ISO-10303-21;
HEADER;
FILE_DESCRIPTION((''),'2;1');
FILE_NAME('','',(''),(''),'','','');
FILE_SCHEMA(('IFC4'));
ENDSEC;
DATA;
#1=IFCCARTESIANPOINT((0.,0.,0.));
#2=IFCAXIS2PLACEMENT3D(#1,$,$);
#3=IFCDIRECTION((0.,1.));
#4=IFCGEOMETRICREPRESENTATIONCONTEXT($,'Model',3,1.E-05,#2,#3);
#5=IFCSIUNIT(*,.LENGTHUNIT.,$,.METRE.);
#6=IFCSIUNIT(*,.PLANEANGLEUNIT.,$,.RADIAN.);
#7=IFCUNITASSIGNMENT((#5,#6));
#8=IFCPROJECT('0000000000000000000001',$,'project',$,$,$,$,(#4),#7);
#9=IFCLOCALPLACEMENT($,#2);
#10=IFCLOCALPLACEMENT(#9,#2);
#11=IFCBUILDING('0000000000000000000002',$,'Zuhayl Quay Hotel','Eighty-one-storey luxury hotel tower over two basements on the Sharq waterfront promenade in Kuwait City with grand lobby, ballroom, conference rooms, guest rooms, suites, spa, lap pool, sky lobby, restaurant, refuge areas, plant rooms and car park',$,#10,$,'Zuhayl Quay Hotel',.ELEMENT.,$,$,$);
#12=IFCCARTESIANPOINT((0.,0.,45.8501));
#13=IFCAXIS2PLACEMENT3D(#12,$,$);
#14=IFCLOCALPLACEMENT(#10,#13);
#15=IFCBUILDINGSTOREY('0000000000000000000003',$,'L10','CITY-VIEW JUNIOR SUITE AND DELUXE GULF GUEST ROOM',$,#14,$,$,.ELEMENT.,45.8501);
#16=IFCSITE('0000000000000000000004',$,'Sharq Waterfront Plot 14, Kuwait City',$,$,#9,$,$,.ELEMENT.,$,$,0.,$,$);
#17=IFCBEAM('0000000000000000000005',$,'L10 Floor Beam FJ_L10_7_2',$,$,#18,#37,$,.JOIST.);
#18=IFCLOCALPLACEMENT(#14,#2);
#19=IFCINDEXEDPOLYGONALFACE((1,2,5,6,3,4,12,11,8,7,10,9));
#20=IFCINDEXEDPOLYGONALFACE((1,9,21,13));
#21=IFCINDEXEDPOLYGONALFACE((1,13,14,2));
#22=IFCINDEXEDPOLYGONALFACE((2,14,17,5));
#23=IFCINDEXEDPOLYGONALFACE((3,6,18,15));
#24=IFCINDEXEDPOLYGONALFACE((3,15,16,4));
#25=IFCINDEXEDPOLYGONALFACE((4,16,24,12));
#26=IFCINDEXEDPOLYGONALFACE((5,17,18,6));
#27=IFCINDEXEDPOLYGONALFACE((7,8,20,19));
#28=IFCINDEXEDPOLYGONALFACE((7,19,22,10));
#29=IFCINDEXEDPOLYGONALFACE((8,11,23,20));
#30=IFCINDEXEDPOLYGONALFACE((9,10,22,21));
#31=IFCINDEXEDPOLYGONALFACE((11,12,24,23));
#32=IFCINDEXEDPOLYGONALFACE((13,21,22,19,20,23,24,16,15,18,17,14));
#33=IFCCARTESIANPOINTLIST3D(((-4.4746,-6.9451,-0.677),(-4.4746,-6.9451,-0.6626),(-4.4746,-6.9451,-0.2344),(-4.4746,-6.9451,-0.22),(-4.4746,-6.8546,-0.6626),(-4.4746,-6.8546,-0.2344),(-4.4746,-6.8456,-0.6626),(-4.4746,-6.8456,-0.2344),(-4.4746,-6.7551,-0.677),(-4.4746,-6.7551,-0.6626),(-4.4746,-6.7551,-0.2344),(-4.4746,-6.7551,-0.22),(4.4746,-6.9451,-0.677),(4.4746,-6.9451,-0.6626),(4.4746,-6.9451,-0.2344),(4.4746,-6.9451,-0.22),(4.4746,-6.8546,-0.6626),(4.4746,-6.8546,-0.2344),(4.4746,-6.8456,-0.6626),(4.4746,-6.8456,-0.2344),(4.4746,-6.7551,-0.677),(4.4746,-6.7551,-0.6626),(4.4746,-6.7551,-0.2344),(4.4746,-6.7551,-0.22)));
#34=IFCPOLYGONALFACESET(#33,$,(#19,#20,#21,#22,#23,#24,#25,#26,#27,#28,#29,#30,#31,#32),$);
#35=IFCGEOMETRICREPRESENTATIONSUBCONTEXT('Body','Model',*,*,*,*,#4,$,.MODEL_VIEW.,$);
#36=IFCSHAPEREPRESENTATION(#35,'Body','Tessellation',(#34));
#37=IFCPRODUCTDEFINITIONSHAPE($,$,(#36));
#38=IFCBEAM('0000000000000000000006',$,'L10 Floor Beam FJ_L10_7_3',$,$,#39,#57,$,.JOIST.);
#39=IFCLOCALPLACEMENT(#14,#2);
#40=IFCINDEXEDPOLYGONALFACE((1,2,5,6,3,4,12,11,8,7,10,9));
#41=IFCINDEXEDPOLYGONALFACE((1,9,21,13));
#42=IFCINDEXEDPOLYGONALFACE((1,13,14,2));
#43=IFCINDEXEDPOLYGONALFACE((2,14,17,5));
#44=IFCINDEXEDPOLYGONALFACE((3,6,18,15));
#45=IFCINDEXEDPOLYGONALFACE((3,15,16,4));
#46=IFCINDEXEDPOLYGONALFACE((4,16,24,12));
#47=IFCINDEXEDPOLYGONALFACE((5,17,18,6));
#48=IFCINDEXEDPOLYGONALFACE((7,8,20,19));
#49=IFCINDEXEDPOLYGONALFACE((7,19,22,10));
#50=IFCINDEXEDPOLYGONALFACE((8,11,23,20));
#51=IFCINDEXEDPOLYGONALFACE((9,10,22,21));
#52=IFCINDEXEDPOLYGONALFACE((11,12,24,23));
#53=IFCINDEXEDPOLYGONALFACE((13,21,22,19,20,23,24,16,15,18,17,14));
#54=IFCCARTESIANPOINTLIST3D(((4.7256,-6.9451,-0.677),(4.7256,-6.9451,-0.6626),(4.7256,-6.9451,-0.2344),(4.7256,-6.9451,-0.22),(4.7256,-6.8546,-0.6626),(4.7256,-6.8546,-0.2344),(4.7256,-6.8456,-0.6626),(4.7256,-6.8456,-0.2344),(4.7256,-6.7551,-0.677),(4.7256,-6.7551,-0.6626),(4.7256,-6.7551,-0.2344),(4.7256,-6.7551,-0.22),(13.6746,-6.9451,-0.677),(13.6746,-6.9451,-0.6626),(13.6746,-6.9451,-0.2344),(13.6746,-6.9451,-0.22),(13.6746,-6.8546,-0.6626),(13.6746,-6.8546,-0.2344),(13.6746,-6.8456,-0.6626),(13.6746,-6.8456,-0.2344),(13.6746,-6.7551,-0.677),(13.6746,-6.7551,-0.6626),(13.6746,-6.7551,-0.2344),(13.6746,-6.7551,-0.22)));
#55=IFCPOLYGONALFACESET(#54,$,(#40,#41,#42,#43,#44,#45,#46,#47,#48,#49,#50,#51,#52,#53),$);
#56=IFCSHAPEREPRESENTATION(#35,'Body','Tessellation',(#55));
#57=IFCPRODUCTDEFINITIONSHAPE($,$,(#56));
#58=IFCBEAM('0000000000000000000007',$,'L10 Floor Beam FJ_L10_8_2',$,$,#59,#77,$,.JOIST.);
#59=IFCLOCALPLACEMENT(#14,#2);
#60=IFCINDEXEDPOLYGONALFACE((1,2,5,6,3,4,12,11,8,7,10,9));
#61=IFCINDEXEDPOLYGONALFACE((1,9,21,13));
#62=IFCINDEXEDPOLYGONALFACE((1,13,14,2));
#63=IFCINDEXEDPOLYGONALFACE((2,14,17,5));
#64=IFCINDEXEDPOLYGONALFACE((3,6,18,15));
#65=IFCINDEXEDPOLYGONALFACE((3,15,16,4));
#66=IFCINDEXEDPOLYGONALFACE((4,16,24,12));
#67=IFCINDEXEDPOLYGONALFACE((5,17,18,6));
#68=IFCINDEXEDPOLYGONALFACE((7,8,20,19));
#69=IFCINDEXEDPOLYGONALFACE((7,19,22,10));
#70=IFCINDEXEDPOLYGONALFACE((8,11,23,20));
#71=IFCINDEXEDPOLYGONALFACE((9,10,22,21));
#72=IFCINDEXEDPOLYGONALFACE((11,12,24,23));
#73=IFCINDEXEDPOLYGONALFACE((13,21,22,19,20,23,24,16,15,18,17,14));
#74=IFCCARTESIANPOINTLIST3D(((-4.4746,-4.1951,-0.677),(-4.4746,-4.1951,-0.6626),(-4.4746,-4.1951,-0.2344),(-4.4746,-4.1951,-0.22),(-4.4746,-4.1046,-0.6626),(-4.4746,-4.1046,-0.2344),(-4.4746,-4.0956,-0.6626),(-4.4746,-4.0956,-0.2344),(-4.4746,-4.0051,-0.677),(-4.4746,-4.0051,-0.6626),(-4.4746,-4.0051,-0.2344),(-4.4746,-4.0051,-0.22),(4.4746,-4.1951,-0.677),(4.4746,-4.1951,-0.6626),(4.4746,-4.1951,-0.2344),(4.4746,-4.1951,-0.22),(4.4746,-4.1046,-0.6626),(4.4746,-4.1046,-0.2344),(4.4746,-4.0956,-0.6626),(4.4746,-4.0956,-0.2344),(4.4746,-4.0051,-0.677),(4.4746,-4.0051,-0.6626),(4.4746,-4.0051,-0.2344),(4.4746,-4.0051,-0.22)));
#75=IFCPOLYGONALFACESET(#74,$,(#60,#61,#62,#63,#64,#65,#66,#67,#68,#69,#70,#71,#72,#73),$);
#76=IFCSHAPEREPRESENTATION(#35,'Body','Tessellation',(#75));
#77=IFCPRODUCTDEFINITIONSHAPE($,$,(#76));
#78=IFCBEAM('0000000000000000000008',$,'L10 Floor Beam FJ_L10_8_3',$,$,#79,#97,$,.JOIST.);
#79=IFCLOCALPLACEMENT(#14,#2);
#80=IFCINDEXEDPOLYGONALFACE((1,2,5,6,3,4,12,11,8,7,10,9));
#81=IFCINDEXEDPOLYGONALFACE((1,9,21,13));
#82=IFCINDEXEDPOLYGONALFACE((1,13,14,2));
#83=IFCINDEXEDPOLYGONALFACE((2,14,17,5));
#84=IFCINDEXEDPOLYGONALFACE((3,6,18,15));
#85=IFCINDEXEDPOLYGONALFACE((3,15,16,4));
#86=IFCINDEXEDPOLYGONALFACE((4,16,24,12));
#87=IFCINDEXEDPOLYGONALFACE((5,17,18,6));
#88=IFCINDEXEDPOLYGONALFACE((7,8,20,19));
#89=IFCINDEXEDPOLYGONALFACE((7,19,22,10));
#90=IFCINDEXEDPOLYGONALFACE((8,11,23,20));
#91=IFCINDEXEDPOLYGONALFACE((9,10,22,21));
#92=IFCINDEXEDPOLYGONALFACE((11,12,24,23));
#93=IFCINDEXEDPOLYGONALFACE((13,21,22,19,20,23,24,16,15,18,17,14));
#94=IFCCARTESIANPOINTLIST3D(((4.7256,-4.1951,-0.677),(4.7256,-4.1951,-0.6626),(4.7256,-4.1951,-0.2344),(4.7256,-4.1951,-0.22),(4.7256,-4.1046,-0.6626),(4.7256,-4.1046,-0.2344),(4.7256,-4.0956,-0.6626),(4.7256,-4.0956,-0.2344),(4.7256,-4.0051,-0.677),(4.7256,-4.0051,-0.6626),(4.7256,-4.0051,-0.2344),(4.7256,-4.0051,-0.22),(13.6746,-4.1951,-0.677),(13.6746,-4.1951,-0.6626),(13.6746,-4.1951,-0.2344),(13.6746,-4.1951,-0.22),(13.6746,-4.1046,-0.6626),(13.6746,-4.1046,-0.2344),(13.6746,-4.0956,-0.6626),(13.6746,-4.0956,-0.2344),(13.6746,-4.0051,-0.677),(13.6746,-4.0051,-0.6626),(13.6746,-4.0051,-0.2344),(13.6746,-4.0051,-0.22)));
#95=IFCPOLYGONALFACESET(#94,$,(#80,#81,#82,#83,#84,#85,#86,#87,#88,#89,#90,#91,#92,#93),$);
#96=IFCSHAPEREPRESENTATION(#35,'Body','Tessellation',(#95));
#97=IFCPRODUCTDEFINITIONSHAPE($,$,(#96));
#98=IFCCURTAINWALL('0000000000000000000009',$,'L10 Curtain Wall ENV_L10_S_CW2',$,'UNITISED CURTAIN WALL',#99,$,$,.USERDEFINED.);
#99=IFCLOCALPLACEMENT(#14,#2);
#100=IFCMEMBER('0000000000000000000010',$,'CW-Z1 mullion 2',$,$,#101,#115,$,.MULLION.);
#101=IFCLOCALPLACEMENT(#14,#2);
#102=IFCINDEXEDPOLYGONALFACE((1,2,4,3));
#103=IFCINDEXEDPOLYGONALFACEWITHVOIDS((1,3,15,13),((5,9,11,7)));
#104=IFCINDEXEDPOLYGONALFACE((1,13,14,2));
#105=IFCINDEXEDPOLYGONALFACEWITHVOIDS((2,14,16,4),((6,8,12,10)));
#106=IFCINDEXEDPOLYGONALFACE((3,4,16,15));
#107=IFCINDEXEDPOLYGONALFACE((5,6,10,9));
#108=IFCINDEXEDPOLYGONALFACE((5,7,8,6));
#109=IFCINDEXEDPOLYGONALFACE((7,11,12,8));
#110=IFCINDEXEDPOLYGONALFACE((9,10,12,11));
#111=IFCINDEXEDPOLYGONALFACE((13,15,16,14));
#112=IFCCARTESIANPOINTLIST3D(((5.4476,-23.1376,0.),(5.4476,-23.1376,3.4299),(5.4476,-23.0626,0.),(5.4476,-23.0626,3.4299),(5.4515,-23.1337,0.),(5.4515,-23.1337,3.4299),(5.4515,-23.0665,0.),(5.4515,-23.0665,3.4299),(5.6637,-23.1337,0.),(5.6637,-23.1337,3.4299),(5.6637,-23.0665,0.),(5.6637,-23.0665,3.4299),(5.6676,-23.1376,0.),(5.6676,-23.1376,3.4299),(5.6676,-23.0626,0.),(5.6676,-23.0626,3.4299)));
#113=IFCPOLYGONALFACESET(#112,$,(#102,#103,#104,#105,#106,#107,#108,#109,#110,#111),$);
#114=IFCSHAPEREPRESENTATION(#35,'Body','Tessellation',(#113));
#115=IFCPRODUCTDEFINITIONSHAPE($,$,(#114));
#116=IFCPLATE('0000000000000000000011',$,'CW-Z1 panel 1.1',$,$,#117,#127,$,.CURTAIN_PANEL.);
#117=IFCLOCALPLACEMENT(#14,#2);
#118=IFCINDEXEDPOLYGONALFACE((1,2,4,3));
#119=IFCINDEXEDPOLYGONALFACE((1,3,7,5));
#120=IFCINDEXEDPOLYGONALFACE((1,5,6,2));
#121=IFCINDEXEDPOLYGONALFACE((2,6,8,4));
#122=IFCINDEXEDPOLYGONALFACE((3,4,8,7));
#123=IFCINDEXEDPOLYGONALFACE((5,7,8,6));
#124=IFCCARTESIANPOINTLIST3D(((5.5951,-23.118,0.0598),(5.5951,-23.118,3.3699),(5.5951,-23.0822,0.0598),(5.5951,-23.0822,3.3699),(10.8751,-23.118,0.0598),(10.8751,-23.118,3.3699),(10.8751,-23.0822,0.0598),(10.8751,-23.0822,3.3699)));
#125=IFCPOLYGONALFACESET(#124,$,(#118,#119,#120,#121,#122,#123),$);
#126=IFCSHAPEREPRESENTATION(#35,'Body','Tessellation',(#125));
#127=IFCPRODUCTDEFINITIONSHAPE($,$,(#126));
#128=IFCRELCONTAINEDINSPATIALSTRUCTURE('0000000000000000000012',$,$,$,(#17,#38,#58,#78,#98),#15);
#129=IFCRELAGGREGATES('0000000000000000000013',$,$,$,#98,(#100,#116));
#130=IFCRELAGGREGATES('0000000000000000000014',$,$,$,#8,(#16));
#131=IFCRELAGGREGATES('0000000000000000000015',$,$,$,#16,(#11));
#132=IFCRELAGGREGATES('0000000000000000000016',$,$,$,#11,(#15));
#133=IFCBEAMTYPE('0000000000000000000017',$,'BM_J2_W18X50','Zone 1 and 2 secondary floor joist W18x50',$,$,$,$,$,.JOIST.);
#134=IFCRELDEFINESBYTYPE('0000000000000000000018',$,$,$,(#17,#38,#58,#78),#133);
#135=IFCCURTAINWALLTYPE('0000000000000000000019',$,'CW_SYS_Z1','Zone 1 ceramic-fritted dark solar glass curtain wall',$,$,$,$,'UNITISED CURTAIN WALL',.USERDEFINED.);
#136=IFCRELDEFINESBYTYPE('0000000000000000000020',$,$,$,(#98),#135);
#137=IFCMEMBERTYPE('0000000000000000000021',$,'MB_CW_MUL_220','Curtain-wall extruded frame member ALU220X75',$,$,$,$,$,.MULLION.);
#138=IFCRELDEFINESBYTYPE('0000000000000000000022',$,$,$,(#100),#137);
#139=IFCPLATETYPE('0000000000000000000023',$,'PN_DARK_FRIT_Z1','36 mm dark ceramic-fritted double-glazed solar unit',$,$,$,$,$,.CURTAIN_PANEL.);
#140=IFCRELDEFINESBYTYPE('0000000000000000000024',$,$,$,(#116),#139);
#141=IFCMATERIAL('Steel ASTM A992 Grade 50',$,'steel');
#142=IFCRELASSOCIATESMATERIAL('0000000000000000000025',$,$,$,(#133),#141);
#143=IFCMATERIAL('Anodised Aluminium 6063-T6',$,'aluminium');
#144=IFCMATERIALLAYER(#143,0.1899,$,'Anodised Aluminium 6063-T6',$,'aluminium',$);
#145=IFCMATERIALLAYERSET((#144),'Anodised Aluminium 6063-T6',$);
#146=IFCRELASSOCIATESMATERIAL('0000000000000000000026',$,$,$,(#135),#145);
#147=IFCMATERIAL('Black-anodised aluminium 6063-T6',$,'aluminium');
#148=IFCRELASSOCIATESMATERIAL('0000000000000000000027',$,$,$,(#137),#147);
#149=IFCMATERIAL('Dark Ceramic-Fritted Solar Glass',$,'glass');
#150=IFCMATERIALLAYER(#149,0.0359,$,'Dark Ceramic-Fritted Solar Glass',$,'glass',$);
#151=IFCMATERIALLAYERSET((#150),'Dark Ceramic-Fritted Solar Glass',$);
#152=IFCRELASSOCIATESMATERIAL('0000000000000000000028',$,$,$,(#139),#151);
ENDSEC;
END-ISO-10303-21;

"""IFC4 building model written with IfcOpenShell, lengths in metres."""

from ifc_helpers import new_model, si_unit, direction, frame, origin, origin_2d, place, context, subcontext, project, spatial, rectangle, hollow_rectangle, i_section, extrude, material, layer, layer_set, material_profile, profile_set, type_object, element, aggregate, save


model = new_model("IFC4")

# Units and contexts
model_context = context("Model", 3, precision=1e-05, world=origin(), true_north=direction((0.0, 1.0)))
body_context = subcontext(model_context, "Body", "Model", "MODEL_VIEW")
ifc_project = project(units=[si_unit("LENGTHUNIT", "METRE"), si_unit("PLANEANGLEUNIT", "RADIAN")], contexts=[model_context])

# Site, building, storey
site_placement = place(None, origin())
site = spatial("IfcSite", under=ifc_project, at=site_placement, Name="Sharq Waterfront Plot 14, Kuwait City", CompositionType="ELEMENT", RefElevation=0.0)
building_placement = place(site_placement, origin())
building = spatial("IfcBuilding", under=site, at=building_placement, Name="Zuhayl Quay Hotel", Description="Eighty-one-storey luxury hotel tower over two basements on the Sharq waterfront promenade in Kuwait City with grand lobby, ballroom, conference rooms, guest rooms, suites, spa, lap pool, sky lobby, restaurant, refuge areas, plant rooms and car park", LongName="Zuhayl Quay Hotel", CompositionType="ELEMENT")
storey_placement = place(building_placement, frame((0.0, 0.0, 45.8501)))
storey = spatial("IfcBuildingStorey", under=building, at=storey_placement, Name="L10", Description="CITY-VIEW JUNIOR SUITE AND DELUXE GULF GUEST ROOM", CompositionType="ELEMENT", Elevation=45.8501)

# Beams
ifc_material_1 = material(Name="Steel ASTM A992 Grade 50", Category="steel")
ifc_material_profile_1 = material_profile(ifc_material_1, i_section(OverallWidth=0.1899, OverallDepth=0.457, WebThickness=0.009, FlangeThickness=0.0144, at=origin_2d()), Name="W18X50")
ifc_profile_set_1 = profile_set([ifc_material_profile_1], Name="Steel ASTM A992 Grade 50")
beam_type_1 = type_object("IfcBeamType", Name="BM_J2_W18X50", Description="Zone 1 and 2 secondary floor joist W18x50", PredefinedType="JOIST", material=ifc_profile_set_1)
beam_1_placement = place(storey_placement, frame((-4.4746, -6.8501, -0.4485), z_axis=(1.0, 0.0, 0.0), x_axis=(0.0, 1.0, 0.0)))
element("IfcBeam", 1, at=beam_1_placement, inside=storey, type_object=beam_type_1, Name="L10 Floor Beam FJ_L10_7_2", PredefinedType="JOIST", context=body_context, shape_type="SweptSolid", body=[
    extrude(i_section(OverallWidth=0.1899, OverallDepth=0.457, WebThickness=0.009, FlangeThickness=0.0144, at=origin_2d()), origin(), (0.0, 0.0, 1.0), 8.9492),
])
beam_2_placement = place(storey_placement, frame((4.7256, -6.8501, -0.4485), z_axis=(1.0, 0.0, 0.0), x_axis=(0.0, 1.0, 0.0)))
element("IfcBeam", 2, at=beam_2_placement, inside=storey, type_object=beam_type_1, Name="L10 Floor Beam FJ_L10_7_3", PredefinedType="JOIST", context=body_context, shape_type="SweptSolid", body=[
    extrude(i_section(OverallWidth=0.1899, OverallDepth=0.457, WebThickness=0.009, FlangeThickness=0.0144, at=origin_2d()), origin(), (0.0, 0.0, 1.0), 8.949),
])
beam_3_placement = place(storey_placement, frame((-4.4746, -4.1001, -0.4485), z_axis=(1.0, 0.0, 0.0), x_axis=(0.0, 1.0, 0.0)))
element("IfcBeam", 3, at=beam_3_placement, inside=storey, type_object=beam_type_1, Name="L10 Floor Beam FJ_L10_8_2", PredefinedType="JOIST", context=body_context, shape_type="SweptSolid", body=[
    extrude(i_section(OverallWidth=0.1899, OverallDepth=0.457, WebThickness=0.009, FlangeThickness=0.0144, at=origin_2d()), origin(), (0.0, 0.0, 1.0), 8.9492),
])
beam_4_placement = place(storey_placement, frame((4.7256, -4.1001, -0.4485), z_axis=(1.0, 0.0, 0.0), x_axis=(0.0, 1.0, 0.0)))
element("IfcBeam", 4, at=beam_4_placement, inside=storey, type_object=beam_type_1, Name="L10 Floor Beam FJ_L10_8_3", PredefinedType="JOIST", context=body_context, shape_type="SweptSolid", body=[
    extrude(i_section(OverallWidth=0.1899, OverallDepth=0.457, WebThickness=0.009, FlangeThickness=0.0144, at=origin_2d()), origin(), (0.0, 0.0, 1.0), 8.949),
])

# Curtain wall, member, plate
ifc_material_2 = material(Name="Anodised Aluminium 6063-T6", Category="aluminium")
ifc_layer_1 = layer(ifc_material_2, 0.1899, Name="Anodised Aluminium 6063-T6", Category="aluminium")
ifc_layer_set_1 = layer_set([ifc_layer_1], Name="Anodised Aluminium 6063-T6")
curtain_wall_type = type_object("IfcCurtainWallType", Name="CW_SYS_Z1", Description="Zone 1 ceramic-fritted dark solar glass curtain wall", ElementType="UNITISED CURTAIN WALL", PredefinedType="USERDEFINED", material=ifc_layer_set_1)
curtain_wall_placement = place(storey_placement, origin())
curtain_wall = element("IfcCurtainWall", 5, at=curtain_wall_placement, inside=storey, type_object=curtain_wall_type, Name="L10 Curtain Wall ENV_L10_S_CW2", ObjectType="UNITISED CURTAIN WALL", PredefinedType="USERDEFINED")
ifc_material_3 = material(Name="Black-anodised aluminium 6063-T6", Category="aluminium")
ifc_material_profile_2 = material_profile(ifc_material_3, hollow_rectangle(XDim=0.075, YDim=0.22, WallThickness=0.0039, at=origin_2d()), Name="ALU220X75")
ifc_profile_set_2 = profile_set([ifc_material_profile_2], Name="Black-anodised aluminium 6063-T6")
member_type = type_object("IfcMemberType", Name="MB_CW_MUL_220", Description="Curtain-wall extruded frame member ALU220X75", PredefinedType="MULLION", material=ifc_profile_set_2)
member_placement = place(storey_placement, frame((5.5576, -23.1001, 0.0), z_axis=(0.0, 0.0, 1.0), x_axis=(0.0, -1.0, 0.0)))
member = element("IfcMember", 6, at=member_placement, type_object=member_type, Name="CW-Z1 mullion 2", PredefinedType="MULLION", context=body_context, shape_type="SweptSolid", body=[
    extrude(hollow_rectangle(XDim=0.075, YDim=0.22, WallThickness=0.0039, at=origin_2d()), origin(), (0.0, 0.0, 1.0), 3.4299),
])
ifc_material_4 = material(Name="Dark Ceramic-Fritted Solar Glass", Category="glass")
ifc_layer_2 = layer(ifc_material_4, 0.0359, Name="Dark Ceramic-Fritted Solar Glass", Category="glass")
ifc_layer_set_2 = layer_set([ifc_layer_2], Name="Dark Ceramic-Fritted Solar Glass")
plate_type = type_object("IfcPlateType", Name="PN_DARK_FRIT_Z1", Description="36 mm dark ceramic-fritted double-glazed solar unit", PredefinedType="CURTAIN_PANEL", material=ifc_layer_set_2)
plate_placement = place(storey_placement, frame((8.2351, -23.1001, 0.0598), z_axis=(0.0, 0.0, 1.0), x_axis=(-1.0, 0.0, 0.0)))
plate = element("IfcPlate", 7, at=plate_placement, type_object=plate_type, Name="CW-Z1 panel 1.1", PredefinedType="CURTAIN_PANEL", context=body_context, shape_type="SweptSolid", body=[
    extrude(rectangle(XDim=5.28, YDim=0.0359, at=origin_2d()), origin(), (0.0, 0.0, 1.0), 3.3101),
])
aggregate(curtain_wall, [member, plate])

save(model, "model.ifc")
